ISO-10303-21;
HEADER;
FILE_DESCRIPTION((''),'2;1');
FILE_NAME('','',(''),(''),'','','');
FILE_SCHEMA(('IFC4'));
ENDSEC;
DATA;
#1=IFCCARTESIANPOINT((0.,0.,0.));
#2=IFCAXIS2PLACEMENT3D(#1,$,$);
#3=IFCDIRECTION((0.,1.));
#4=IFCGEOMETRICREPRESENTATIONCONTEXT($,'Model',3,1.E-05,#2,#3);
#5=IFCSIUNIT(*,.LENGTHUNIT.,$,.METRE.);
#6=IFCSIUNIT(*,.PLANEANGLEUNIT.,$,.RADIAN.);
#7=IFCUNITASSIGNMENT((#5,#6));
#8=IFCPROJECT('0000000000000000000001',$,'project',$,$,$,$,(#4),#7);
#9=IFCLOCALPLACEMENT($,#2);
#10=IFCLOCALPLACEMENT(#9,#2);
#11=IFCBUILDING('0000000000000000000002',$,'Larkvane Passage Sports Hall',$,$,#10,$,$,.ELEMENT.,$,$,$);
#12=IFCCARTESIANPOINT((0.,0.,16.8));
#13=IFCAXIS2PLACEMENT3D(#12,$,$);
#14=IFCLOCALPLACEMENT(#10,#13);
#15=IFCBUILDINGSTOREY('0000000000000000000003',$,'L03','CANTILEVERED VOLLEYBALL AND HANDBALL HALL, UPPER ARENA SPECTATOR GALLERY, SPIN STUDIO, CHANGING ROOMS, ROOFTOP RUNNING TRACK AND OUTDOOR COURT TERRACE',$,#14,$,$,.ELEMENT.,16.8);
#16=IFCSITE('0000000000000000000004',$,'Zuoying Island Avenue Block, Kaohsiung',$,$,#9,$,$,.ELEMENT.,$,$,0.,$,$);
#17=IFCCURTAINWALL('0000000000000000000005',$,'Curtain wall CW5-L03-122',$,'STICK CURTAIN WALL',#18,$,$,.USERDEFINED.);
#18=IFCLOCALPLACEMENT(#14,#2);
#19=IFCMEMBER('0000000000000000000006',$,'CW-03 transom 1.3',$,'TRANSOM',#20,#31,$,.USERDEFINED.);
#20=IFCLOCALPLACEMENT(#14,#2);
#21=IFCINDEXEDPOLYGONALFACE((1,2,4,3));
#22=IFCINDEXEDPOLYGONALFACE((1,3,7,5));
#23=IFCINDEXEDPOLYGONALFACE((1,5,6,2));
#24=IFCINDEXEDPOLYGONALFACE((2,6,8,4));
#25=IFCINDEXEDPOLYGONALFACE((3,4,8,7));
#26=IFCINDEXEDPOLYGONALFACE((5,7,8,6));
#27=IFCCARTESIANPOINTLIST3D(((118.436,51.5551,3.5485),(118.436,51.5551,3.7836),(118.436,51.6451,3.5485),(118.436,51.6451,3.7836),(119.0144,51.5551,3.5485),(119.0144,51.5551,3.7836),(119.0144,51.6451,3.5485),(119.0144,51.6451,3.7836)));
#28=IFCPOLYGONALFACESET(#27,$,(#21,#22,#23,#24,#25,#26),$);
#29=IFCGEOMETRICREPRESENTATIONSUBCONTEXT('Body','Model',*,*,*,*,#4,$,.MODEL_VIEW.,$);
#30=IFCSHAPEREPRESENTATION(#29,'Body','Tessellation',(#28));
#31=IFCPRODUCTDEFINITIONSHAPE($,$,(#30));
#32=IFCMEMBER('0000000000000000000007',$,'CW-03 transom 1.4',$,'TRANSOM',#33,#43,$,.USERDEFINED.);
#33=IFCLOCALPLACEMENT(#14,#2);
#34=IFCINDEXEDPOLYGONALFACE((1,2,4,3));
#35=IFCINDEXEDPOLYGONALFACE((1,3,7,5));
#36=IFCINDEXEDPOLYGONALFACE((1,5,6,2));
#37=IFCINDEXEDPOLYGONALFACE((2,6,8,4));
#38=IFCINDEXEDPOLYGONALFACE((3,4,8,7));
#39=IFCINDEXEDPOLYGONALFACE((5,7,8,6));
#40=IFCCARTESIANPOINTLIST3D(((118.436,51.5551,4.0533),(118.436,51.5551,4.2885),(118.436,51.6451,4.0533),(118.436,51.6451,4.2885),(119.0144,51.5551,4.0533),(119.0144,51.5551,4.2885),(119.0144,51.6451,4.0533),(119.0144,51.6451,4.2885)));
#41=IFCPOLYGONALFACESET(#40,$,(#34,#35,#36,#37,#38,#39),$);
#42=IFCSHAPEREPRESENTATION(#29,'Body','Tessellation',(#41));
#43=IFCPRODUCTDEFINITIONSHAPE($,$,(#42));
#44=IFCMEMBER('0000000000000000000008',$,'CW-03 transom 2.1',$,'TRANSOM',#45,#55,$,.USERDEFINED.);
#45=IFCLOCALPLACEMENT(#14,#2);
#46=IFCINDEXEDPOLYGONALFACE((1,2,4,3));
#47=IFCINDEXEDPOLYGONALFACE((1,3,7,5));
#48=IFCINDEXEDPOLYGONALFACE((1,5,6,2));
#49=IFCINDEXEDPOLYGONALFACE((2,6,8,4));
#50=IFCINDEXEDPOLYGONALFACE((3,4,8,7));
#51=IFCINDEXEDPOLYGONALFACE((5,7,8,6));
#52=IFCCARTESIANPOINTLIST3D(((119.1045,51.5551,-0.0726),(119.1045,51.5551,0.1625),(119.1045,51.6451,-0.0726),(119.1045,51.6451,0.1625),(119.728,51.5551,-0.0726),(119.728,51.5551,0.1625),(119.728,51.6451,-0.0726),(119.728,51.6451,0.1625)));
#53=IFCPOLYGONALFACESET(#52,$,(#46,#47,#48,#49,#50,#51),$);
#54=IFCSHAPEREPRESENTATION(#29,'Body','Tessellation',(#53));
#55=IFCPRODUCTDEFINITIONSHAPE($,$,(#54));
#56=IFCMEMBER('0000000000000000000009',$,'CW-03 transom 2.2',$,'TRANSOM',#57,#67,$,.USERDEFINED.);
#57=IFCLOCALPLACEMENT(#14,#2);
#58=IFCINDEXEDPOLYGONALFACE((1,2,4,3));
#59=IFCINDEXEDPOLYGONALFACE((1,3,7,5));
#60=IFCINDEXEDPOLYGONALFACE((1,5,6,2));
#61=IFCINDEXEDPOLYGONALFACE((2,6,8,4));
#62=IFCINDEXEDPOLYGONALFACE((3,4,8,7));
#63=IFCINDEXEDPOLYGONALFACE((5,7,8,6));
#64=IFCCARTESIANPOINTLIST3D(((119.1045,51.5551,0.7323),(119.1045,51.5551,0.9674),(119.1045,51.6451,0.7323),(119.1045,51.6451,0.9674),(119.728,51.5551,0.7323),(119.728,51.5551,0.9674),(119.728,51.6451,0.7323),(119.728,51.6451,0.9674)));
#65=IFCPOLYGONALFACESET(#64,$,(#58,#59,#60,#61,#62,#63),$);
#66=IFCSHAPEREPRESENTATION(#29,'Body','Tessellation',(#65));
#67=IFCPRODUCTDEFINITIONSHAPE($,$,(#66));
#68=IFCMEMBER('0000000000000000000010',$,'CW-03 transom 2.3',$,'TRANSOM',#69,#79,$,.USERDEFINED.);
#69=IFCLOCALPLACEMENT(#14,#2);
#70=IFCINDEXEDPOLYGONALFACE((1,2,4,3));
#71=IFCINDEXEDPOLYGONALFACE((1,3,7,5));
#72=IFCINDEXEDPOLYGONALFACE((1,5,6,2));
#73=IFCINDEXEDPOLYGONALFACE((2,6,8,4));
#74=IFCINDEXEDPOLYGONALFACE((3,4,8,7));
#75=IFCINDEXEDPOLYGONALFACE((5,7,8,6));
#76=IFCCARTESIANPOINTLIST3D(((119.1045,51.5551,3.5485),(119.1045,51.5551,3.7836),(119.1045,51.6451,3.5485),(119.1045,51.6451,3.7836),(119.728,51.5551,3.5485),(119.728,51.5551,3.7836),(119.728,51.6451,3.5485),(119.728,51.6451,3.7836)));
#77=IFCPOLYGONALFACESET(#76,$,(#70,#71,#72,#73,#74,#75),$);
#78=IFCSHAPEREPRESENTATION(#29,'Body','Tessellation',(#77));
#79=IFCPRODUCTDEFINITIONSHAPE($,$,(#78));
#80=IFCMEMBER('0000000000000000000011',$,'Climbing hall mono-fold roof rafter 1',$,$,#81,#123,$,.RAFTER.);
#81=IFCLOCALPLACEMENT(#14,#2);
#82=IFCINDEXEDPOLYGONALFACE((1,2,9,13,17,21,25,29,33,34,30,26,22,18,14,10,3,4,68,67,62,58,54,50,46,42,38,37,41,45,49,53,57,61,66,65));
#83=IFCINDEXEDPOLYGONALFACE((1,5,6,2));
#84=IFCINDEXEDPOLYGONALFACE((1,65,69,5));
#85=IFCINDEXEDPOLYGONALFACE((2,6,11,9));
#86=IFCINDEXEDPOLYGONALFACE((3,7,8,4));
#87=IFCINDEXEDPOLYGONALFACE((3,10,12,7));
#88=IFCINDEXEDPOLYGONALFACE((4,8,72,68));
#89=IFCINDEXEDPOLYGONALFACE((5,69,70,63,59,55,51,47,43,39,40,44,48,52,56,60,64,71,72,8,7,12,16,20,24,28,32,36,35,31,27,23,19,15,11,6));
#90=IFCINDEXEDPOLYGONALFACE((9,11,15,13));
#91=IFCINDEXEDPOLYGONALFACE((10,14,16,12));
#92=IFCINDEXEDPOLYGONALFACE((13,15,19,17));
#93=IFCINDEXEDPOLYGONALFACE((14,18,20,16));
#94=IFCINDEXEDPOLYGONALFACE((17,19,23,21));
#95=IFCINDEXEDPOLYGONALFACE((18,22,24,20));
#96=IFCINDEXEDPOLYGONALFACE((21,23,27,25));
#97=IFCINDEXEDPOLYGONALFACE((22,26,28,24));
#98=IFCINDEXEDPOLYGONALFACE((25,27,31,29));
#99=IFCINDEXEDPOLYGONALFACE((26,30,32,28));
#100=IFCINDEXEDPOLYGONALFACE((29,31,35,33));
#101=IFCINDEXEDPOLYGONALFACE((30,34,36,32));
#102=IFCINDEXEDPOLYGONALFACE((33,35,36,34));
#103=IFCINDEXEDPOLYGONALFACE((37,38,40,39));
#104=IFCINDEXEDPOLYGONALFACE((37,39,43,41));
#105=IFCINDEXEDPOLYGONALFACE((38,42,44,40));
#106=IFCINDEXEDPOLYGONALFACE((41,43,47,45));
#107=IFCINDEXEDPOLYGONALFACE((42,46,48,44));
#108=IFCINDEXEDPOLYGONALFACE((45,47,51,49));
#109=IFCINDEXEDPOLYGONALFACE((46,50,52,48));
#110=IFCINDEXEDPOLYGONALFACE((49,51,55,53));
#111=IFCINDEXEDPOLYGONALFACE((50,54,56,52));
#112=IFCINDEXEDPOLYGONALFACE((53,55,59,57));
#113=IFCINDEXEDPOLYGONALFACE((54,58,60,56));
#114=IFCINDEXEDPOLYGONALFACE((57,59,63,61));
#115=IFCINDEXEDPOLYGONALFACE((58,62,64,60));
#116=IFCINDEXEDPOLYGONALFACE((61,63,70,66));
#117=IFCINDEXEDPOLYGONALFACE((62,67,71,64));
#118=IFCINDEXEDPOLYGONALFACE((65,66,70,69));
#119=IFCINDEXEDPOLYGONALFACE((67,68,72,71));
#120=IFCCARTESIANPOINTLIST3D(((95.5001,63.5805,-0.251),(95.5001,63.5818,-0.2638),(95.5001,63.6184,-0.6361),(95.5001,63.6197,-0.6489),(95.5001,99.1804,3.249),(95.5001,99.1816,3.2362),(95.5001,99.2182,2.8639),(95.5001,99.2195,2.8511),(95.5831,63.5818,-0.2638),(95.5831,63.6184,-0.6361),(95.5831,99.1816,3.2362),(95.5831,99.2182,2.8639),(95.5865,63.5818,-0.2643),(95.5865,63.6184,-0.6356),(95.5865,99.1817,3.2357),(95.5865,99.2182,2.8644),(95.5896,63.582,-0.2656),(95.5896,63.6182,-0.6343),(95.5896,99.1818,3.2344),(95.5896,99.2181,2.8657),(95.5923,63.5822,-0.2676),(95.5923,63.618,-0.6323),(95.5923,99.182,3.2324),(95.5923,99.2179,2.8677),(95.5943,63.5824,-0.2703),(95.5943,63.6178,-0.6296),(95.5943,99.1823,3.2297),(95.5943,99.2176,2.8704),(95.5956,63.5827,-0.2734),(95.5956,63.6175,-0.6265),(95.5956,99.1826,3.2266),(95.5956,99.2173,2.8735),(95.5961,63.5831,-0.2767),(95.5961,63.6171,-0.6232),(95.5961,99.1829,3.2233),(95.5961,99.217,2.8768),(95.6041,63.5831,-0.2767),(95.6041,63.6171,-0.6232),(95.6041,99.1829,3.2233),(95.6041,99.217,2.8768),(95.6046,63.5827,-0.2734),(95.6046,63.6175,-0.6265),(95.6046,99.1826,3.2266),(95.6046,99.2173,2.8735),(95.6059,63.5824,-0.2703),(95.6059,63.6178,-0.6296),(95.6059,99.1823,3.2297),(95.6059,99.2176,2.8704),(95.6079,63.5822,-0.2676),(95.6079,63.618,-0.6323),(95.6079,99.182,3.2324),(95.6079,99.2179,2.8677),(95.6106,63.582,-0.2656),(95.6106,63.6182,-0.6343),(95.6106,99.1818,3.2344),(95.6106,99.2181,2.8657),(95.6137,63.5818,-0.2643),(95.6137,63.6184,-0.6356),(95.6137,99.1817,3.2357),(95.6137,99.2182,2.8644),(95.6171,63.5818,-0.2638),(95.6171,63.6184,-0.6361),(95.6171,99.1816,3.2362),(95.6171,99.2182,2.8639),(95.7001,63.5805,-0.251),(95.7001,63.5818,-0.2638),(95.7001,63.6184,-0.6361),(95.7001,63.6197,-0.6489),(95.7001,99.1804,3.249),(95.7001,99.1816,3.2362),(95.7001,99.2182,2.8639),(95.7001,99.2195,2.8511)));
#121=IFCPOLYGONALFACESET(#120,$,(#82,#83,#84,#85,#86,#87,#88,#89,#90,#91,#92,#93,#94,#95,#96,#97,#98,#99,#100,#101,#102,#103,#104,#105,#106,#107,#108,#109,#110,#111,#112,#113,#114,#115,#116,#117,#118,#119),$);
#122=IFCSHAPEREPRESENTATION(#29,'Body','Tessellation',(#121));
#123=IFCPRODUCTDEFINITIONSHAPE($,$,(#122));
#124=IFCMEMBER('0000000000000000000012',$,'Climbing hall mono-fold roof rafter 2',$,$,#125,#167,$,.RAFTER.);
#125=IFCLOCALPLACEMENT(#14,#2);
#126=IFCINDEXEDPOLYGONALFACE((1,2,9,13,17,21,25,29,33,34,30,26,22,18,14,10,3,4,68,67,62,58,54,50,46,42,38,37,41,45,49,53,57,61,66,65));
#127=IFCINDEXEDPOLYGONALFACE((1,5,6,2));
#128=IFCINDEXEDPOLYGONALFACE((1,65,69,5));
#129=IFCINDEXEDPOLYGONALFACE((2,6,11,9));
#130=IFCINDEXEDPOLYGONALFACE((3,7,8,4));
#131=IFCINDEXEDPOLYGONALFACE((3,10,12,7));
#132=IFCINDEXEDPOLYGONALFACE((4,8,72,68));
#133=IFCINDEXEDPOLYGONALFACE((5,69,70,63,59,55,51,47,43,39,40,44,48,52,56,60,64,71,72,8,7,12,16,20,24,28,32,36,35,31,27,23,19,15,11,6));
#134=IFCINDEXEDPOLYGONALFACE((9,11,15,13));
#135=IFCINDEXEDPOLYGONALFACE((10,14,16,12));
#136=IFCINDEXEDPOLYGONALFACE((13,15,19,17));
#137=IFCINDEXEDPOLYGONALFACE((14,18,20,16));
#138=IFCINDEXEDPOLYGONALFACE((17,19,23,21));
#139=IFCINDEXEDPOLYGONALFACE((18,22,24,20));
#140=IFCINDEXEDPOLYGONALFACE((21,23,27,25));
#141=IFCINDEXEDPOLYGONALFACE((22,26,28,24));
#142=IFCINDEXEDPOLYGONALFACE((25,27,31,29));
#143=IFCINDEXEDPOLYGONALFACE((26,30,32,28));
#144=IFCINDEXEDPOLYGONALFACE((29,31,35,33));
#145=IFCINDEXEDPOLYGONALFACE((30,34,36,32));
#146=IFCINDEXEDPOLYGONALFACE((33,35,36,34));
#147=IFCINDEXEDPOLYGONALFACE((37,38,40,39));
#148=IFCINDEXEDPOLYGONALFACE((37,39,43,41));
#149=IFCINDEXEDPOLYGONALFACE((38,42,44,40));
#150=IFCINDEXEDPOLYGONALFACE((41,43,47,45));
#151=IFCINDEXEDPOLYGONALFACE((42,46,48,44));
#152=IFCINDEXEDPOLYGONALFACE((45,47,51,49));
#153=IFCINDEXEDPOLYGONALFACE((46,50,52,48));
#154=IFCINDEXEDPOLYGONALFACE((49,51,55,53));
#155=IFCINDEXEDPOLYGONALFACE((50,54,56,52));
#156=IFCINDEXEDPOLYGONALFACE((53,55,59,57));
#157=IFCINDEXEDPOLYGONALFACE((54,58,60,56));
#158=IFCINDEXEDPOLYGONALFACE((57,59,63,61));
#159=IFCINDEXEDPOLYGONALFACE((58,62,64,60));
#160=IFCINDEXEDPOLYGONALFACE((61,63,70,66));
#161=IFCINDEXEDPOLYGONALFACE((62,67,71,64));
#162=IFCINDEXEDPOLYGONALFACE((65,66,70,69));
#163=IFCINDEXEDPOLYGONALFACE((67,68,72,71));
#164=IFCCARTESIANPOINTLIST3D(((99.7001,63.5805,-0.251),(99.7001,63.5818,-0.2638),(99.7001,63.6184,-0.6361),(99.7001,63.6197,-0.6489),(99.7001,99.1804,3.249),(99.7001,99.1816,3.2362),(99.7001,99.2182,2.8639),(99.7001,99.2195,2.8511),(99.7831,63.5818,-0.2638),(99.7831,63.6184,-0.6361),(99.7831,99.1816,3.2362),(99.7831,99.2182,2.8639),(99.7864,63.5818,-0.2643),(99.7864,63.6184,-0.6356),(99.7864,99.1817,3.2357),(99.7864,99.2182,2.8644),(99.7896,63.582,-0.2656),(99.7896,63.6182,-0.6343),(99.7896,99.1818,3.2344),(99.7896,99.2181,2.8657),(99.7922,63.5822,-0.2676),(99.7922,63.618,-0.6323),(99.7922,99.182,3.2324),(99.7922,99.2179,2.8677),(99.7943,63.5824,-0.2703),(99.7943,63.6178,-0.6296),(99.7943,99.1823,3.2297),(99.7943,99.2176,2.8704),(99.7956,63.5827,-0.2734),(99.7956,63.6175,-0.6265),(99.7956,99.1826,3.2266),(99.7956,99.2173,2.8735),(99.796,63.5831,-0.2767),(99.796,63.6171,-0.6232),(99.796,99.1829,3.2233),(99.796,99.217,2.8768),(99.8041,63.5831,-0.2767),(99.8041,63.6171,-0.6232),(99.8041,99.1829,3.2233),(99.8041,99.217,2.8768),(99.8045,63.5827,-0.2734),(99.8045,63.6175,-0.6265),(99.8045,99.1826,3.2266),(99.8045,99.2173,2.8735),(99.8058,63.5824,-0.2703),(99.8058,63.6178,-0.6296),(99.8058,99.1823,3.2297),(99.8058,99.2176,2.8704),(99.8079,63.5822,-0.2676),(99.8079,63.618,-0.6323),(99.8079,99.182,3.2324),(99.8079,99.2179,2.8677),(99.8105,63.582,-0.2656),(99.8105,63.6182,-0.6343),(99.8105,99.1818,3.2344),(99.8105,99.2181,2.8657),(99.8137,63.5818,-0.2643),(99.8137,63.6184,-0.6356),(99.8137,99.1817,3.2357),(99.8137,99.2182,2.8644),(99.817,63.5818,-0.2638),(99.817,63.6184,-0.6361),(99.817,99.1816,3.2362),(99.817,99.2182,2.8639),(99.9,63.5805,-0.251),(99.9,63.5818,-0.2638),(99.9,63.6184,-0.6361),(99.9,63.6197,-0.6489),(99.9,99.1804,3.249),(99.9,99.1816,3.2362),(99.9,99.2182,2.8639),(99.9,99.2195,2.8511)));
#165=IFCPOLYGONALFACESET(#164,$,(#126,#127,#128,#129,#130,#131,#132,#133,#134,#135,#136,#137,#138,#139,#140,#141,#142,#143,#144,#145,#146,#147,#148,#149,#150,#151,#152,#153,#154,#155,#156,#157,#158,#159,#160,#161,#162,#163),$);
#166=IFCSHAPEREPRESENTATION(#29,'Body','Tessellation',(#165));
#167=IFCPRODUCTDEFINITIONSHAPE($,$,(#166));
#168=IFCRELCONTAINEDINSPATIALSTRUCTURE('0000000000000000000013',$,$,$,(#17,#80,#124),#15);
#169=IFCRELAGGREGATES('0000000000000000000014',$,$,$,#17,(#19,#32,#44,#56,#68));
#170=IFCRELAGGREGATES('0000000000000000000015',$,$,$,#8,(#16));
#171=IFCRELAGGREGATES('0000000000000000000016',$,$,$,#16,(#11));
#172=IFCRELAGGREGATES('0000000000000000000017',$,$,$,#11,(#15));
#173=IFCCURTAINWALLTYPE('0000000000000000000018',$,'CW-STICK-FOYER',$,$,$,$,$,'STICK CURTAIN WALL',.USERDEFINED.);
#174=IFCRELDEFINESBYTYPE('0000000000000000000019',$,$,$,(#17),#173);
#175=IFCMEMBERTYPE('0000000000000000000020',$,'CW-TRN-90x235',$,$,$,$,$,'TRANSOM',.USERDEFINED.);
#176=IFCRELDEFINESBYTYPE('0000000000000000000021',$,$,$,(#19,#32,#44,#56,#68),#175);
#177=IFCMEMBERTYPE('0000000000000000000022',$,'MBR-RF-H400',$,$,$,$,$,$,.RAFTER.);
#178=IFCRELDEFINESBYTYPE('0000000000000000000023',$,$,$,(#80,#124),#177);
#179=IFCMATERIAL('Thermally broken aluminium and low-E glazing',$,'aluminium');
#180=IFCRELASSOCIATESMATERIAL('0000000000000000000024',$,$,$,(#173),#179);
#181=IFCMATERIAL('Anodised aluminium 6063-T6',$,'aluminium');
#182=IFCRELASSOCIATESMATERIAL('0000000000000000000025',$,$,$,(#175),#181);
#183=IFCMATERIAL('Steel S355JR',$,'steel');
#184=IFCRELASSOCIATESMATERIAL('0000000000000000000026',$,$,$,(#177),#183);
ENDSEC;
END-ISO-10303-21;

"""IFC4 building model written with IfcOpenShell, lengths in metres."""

from ifc_helpers import new_model, si_unit, direction, frame, origin, origin_2d, place, context, subcontext, project, spatial, rectangle, i_section, extrude, material, material_profile, profile_set, type_object, element, aggregate, save


model = new_model("IFC4")

# Units and contexts
model_context = context("Model", 3, precision=1e-05, world=origin(), true_north=direction((0.0, 1.0)))
body_context = subcontext(model_context, "Body", "Model", "MODEL_VIEW")
ifc_project = project(units=[si_unit("LENGTHUNIT", "METRE"), si_unit("PLANEANGLEUNIT", "RADIAN")], contexts=[model_context])

# Site, building, storey
site_placement = place(None, origin())
site = spatial("IfcSite", under=ifc_project, at=site_placement, Name="Zuoying Island Avenue Block, Kaohsiung", CompositionType="ELEMENT", RefElevation=0.0)
building_placement = place(site_placement, origin())
building = spatial("IfcBuilding", under=site, at=building_placement, Name="Larkvane Passage Sports Hall", CompositionType="ELEMENT")
storey_placement = place(building_placement, frame((0.0, 0.0, 16.8)))
storey = spatial("IfcBuildingStorey", under=building, at=storey_placement, Name="L03", Description="CANTILEVERED VOLLEYBALL AND HANDBALL HALL, UPPER ARENA SPECTATOR GALLERY, SPIN STUDIO, CHANGING ROOMS, ROOFTOP RUNNING TRACK AND OUTDOOR COURT TERRACE", CompositionType="ELEMENT", Elevation=16.8)

# Shared definitions
ifc_material_1 = material(Name="Steel S355JR", Category="steel")

# Curtain wall
ifc_material_2 = material(Name="Thermally broken aluminium and low-E glazing", Category="aluminium")
ifc_material_3 = material(Name="Anodised aluminium 6063-T6", Category="aluminium")
curtain_wall_type_1 = type_object("IfcCurtainWallType", Name="CW-STICK-FOYER", ElementType="STICK CURTAIN WALL", PredefinedType="USERDEFINED", material=ifc_material_2)
curtain_wall_1_placement = place(storey_placement, origin())
curtain_wall_1 = element("IfcCurtainWall", 1, at=curtain_wall_1_placement, inside=storey, type_object=curtain_wall_type_1, Name="Curtain wall CW5-L03-122", ObjectType="STICK CURTAIN WALL", PredefinedType="USERDEFINED")

# Members
ifc_material_profile_1 = material_profile(ifc_material_3, rectangle(XDim=0.0901, YDim=0.2351, at=origin_2d()), Name="ALU-TRN-90x235")
ifc_profile_set_1 = profile_set([ifc_material_profile_1], Name="Anodised aluminium 6063-T6")
member_type_1 = type_object("IfcMemberType", Name="CW-TRN-90x235", ElementType="TRANSOM", PredefinedType="USERDEFINED", material=ifc_profile_set_1)
member_1_placement = place(storey_placement, frame((118.436, 51.6001, 3.666), z_axis=(1.0, 0.0, 0.0), x_axis=(0.0, 1.0, 0.0)))
member_1 = element("IfcMember", 2, at=member_1_placement, type_object=member_type_1, Name="CW-03 transom 1.3", ObjectType="TRANSOM", PredefinedType="USERDEFINED", context=body_context, shape_type="SweptSolid", body=[
    extrude(rectangle(XDim=0.0901, YDim=0.2351, at=origin_2d()), origin(), (0.0, 0.0, 1.0), 0.5784),
])
member_2_placement = place(storey_placement, frame((118.436, 51.6001, 4.1709), z_axis=(1.0, 0.0, 0.0), x_axis=(0.0, 1.0, 0.0)))
member_2 = element("IfcMember", 3, at=member_2_placement, type_object=member_type_1, Name="CW-03 transom 1.4", ObjectType="TRANSOM", PredefinedType="USERDEFINED", context=body_context, shape_type="SweptSolid", body=[
    extrude(rectangle(XDim=0.0901, YDim=0.2351, at=origin_2d()), origin(), (0.0, 0.0, 1.0), 0.5784),
])
member_3_placement = place(storey_placement, frame((119.1045, 51.6001, 0.0449), z_axis=(1.0, 0.0, 0.0), x_axis=(0.0, 1.0, 0.0)))
member_3 = element("IfcMember", 4, at=member_3_placement, type_object=member_type_1, Name="CW-03 transom 2.1", ObjectType="TRANSOM", PredefinedType="USERDEFINED", context=body_context, shape_type="SweptSolid", body=[
    extrude(rectangle(XDim=0.0901, YDim=0.2351, at=origin_2d()), origin(), (0.0, 0.0, 1.0), 0.6235),
])
member_4_placement = place(storey_placement, frame((119.1045, 51.6001, 0.8499), z_axis=(1.0, 0.0, 0.0), x_axis=(0.0, 1.0, 0.0)))
member_4 = element("IfcMember", 5, at=member_4_placement, type_object=member_type_1, Name="CW-03 transom 2.2", ObjectType="TRANSOM", PredefinedType="USERDEFINED", context=body_context, shape_type="SweptSolid", body=[
    extrude(rectangle(XDim=0.0901, YDim=0.2351, at=origin_2d()), origin(), (0.0, 0.0, 1.0), 0.6235),
])
member_5_placement = place(storey_placement, frame((119.1045, 51.6001, 3.666), z_axis=(1.0, 0.0, 0.0), x_axis=(0.0, 1.0, 0.0)))
member_5 = element("IfcMember", 6, at=member_5_placement, type_object=member_type_1, Name="CW-03 transom 2.3", ObjectType="TRANSOM", PredefinedType="USERDEFINED", context=body_context, shape_type="SweptSolid", body=[
    extrude(rectangle(XDim=0.0901, YDim=0.2351, at=origin_2d()), origin(), (0.0, 0.0, 1.0), 0.6235),
])

# Members
ifc_material_profile_2 = material_profile(ifc_material_1, i_section(OverallWidth=0.2, OverallDepth=0.3999, WebThickness=0.0081, FlangeThickness=0.0129, FilletRadius=0.0129, at=origin_2d()), Name="H-400x200x8x13")
ifc_profile_set_2 = profile_set([ifc_material_profile_2], Name="Steel S355JR")
member_type_2 = type_object("IfcMemberType", Name="MBR-RF-H400", PredefinedType="RAFTER", material=ifc_profile_set_2)
for number, where, z_axis, x_axis, name in (
    (7, (95.6001, 63.6001, -0.45), (0.0, 0.995202, 0.097843), (-1.0, 0.0, 0.0), "Climbing hall mono-fold roof rafter 1"),
    (8, (99.8, 63.6001, -0.45), (0.0, 0.995202, 0.097843), (-1.0, 0.0, 0.0), "Climbing hall mono-fold roof rafter 2"),
):
    element("IfcMember", number, at=place(storey_placement, frame(where, z_axis=z_axis, x_axis=x_axis)), inside=storey, type_object=member_type_2, Name=name, PredefinedType="RAFTER", context=body_context, shape_type="SweptSolid", body=[
        extrude(i_section(OverallWidth=0.2, OverallDepth=0.3999, WebThickness=0.0081, FlangeThickness=0.0129, FilletRadius=0.0129, at=origin_2d()), origin(), (0.0, 0.0, 1.0), 35.7715),
    ])

aggregate(curtain_wall_1, [member_1, member_2, member_3, member_4, member_5])

save(model, "model.ifc")
